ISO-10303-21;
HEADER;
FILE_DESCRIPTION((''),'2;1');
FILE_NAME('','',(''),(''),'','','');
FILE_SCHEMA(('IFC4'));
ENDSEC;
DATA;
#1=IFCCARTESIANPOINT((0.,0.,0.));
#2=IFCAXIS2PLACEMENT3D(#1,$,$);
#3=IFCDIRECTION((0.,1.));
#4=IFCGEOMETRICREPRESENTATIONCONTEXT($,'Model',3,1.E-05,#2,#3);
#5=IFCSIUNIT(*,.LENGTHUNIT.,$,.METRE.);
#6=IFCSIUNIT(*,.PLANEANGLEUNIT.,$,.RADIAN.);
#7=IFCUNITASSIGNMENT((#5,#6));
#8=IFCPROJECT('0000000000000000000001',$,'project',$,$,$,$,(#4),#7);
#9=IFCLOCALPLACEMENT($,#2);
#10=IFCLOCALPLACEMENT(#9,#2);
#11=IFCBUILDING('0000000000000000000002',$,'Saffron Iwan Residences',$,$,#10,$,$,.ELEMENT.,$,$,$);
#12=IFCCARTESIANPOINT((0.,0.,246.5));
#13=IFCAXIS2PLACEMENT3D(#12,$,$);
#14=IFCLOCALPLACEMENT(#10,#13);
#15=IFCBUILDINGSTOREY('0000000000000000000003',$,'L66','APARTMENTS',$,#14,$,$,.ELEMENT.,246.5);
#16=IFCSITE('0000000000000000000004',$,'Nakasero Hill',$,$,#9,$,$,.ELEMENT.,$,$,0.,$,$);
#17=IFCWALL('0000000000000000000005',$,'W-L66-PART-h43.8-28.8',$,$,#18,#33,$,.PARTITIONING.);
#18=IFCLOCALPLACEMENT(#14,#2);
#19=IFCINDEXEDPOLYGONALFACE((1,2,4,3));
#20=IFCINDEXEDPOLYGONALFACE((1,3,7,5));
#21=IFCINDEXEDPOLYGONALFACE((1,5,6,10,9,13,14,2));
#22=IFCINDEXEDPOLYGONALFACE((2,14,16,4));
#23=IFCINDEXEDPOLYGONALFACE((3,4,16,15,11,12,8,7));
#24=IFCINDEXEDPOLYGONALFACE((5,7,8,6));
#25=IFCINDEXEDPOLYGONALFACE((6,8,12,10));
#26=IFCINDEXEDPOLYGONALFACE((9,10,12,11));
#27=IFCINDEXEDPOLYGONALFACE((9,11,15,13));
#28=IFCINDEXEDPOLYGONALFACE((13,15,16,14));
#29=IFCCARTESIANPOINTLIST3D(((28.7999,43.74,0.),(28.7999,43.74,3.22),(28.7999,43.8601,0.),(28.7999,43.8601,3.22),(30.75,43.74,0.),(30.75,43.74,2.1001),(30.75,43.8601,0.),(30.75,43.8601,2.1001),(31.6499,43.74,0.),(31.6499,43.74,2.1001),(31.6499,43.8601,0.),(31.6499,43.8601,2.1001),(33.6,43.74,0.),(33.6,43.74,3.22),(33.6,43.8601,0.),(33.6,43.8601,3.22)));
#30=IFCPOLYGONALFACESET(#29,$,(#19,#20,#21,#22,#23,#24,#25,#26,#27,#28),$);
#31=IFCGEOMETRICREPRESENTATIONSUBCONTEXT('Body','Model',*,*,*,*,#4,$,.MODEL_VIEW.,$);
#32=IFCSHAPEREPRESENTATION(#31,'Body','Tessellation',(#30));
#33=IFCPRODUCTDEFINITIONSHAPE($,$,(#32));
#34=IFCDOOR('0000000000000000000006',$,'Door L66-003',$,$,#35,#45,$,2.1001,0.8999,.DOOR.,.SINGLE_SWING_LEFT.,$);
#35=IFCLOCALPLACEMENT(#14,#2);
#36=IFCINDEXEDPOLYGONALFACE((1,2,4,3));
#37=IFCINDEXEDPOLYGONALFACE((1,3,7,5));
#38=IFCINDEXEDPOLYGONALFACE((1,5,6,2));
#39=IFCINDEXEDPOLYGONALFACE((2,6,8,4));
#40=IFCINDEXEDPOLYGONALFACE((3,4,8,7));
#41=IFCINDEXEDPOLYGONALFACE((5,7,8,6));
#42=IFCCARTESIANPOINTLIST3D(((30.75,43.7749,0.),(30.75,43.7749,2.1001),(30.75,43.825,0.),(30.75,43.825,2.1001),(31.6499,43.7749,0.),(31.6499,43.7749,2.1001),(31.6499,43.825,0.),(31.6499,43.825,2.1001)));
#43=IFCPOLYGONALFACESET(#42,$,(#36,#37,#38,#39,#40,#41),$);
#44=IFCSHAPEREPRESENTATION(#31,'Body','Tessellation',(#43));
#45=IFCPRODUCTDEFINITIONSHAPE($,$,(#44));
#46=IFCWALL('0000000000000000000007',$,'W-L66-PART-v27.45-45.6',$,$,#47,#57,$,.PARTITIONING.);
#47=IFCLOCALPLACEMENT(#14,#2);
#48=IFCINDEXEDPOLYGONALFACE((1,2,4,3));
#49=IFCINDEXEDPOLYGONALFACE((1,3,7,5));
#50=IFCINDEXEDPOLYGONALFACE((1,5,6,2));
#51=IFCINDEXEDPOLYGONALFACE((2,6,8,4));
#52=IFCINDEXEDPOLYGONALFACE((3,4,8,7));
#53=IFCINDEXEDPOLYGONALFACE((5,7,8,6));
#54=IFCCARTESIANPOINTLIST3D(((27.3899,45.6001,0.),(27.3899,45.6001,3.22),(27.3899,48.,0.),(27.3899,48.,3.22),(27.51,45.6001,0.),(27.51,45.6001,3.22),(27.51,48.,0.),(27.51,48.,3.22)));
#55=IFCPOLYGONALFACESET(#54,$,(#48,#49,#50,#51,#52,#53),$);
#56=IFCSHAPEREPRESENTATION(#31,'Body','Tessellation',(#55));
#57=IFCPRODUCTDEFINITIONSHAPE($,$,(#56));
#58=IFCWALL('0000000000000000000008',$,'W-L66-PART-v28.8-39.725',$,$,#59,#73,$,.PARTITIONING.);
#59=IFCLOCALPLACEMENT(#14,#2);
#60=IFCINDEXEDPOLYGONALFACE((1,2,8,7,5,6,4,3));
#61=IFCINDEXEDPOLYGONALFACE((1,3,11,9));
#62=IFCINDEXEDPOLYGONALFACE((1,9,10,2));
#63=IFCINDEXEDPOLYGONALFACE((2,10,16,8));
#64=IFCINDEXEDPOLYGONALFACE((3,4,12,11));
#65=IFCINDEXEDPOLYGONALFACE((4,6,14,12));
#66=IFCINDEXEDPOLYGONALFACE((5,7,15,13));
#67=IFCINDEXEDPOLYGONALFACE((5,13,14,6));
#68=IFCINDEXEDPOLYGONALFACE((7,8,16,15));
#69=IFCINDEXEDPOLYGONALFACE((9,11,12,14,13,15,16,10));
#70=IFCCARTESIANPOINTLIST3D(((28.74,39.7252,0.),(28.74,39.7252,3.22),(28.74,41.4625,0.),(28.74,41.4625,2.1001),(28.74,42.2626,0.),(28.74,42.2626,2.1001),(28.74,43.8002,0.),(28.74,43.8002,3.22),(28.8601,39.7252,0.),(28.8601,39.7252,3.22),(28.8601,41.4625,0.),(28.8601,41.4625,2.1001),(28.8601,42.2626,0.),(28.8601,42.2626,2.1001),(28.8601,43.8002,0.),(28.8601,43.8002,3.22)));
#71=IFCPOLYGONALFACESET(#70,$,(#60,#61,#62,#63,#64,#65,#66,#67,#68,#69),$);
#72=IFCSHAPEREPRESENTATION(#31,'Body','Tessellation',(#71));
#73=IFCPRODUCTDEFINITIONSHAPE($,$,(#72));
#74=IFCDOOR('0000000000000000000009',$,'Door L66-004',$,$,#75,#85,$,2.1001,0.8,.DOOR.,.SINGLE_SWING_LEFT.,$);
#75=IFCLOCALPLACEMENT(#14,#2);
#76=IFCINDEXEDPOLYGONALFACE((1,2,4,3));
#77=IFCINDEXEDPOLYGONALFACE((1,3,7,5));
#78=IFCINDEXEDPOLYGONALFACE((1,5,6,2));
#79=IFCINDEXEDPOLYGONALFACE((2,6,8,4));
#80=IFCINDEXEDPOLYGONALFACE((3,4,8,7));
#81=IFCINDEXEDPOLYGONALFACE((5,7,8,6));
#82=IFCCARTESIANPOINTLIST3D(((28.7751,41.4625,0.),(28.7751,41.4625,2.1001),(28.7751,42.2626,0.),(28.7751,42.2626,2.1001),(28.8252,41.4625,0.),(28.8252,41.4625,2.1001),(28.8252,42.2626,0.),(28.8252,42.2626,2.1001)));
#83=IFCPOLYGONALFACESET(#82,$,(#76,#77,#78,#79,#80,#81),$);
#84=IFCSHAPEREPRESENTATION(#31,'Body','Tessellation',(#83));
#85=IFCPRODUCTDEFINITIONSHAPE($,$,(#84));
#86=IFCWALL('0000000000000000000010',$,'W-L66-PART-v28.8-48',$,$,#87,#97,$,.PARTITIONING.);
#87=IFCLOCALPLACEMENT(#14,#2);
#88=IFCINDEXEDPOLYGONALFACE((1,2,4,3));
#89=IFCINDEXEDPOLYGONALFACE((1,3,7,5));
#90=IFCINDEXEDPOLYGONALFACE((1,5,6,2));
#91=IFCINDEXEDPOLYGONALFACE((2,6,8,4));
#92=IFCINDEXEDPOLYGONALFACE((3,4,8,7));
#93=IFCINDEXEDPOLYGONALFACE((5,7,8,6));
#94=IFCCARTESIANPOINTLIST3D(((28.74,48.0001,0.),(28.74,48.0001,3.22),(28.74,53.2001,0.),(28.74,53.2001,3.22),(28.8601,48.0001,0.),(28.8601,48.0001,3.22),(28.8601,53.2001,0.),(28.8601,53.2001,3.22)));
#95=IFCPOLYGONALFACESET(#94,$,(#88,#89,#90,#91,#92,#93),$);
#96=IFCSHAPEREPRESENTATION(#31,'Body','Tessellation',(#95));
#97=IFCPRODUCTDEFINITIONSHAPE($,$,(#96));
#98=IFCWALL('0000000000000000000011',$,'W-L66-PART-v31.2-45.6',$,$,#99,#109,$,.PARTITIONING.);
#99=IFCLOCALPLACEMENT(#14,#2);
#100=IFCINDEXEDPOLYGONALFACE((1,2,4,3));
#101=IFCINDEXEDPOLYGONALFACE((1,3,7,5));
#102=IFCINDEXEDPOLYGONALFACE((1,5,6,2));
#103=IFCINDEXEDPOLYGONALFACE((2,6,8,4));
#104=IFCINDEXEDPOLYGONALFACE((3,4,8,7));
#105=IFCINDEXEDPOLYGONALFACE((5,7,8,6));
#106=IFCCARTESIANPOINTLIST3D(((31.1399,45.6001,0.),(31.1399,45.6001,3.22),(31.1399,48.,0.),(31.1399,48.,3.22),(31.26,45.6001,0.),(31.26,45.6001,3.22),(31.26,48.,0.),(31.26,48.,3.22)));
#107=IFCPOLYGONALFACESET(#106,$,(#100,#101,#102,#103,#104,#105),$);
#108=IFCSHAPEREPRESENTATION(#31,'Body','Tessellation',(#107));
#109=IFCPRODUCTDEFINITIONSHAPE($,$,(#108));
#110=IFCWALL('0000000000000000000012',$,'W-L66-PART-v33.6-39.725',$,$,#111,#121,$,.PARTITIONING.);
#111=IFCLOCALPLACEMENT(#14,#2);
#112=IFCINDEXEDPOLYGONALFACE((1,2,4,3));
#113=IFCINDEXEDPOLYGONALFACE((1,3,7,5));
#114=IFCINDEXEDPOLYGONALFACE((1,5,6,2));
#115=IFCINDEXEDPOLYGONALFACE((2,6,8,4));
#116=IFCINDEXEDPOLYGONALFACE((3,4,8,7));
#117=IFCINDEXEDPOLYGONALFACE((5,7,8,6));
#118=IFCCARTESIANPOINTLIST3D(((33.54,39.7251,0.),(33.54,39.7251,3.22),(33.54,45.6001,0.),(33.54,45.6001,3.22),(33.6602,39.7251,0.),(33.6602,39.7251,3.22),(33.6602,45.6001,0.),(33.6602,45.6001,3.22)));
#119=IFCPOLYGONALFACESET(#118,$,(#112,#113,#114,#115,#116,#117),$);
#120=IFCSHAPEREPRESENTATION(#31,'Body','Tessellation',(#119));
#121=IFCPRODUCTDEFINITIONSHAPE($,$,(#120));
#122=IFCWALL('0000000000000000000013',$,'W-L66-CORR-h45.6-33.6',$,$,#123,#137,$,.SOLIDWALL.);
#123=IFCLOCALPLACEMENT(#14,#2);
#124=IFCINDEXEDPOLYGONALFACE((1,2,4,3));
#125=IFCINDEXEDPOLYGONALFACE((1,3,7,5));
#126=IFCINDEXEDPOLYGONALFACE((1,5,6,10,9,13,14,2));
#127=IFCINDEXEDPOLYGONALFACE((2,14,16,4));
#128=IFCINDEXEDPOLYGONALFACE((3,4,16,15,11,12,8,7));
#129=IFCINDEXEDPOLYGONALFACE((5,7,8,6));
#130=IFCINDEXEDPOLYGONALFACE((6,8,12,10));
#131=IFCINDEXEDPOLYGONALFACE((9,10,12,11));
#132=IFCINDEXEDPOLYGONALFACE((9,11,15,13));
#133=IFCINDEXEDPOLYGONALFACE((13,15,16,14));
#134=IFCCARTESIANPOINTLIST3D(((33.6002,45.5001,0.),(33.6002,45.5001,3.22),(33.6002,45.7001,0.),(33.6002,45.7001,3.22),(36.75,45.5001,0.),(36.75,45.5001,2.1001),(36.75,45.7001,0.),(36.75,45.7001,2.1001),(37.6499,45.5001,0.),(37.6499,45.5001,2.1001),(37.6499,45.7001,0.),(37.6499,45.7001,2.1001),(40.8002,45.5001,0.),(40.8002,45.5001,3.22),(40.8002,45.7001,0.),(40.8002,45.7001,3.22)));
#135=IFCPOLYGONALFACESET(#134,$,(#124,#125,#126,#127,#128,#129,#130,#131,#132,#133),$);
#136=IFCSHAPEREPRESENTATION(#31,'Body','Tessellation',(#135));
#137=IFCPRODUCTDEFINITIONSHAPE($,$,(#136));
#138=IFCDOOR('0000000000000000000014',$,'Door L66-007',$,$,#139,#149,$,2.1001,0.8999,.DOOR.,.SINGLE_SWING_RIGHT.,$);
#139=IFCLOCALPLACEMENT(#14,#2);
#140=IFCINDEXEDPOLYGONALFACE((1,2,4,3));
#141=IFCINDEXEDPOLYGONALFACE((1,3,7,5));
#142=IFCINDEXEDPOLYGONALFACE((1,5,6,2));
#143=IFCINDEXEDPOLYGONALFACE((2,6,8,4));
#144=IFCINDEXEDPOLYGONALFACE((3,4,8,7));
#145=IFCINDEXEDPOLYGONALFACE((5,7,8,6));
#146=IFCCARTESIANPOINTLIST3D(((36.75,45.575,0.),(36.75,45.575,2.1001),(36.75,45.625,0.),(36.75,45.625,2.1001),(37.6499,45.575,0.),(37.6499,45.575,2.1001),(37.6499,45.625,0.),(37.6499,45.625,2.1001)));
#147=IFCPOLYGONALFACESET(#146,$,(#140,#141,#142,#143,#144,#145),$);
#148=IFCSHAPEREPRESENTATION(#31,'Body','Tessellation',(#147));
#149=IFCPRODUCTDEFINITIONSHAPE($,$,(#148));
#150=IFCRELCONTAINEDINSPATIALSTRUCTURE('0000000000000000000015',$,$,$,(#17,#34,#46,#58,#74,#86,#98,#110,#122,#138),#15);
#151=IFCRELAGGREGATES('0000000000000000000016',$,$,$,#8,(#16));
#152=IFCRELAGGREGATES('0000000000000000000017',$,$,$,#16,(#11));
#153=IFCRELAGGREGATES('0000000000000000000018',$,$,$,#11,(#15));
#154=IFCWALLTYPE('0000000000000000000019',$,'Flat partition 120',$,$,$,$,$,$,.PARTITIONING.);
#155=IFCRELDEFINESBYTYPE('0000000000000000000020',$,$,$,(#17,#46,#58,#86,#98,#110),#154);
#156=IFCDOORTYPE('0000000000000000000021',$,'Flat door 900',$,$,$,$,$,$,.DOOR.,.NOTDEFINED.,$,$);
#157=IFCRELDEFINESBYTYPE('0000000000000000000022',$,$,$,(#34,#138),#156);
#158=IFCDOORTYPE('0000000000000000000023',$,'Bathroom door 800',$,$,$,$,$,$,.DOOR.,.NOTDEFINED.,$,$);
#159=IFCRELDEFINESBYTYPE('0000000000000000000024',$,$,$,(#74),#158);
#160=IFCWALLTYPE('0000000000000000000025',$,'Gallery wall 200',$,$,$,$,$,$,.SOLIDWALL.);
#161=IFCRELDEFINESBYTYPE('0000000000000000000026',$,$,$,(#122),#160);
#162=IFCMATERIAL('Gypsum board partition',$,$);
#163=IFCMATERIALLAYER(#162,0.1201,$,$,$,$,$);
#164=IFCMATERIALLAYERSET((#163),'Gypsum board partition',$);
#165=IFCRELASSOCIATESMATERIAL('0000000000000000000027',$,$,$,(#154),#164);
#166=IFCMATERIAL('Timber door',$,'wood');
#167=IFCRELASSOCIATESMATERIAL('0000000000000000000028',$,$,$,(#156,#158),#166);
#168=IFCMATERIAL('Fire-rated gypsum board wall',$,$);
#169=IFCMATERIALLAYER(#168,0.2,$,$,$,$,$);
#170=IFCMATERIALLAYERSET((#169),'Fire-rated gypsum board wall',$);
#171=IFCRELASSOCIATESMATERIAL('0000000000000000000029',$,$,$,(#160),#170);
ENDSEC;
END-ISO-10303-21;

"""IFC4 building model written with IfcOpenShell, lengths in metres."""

from ifc_helpers import new_model, si_unit, direction, frame, frame_2d, origin, place, context, subcontext, project, spatial, rectangle, extrude, material, layer, layer_set, type_object, element, fill, save


model = new_model("IFC4")

# Units and contexts
model_context = context("Model", 3, precision=1e-05, world=origin(), true_north=direction((0.0, 1.0)))
body_context = subcontext(model_context, "Body", "Model", "MODEL_VIEW")
ifc_project = project(units=[si_unit("LENGTHUNIT", "METRE"), si_unit("PLANEANGLEUNIT", "RADIAN")], contexts=[model_context])

# Site, building, storey
site_placement = place(None, origin())
site = spatial("IfcSite", under=ifc_project, at=site_placement, Name="Nakasero Hill", CompositionType="ELEMENT", RefElevation=0.0)
building_placement = place(site_placement, origin())
building = spatial("IfcBuilding", under=site, at=building_placement, Name="Saffron Iwan Residences", CompositionType="ELEMENT")
storey_placement = place(building_placement, frame((0.0, 0.0, 246.5)))
storey = spatial("IfcBuildingStorey", under=building, at=storey_placement, Name="L66", Description="APARTMENTS", CompositionType="ELEMENT", Elevation=246.5)

# Wall, opening, door
ifc_material_1 = material(Name="Gypsum board partition")
ifc_layer_1 = layer(ifc_material_1, 0.1201)
ifc_layer_set_1 = layer_set([ifc_layer_1], Name="Gypsum board partition")
wall_type_1 = type_object("IfcWallType", Name="Flat partition 120", PredefinedType="PARTITIONING", material=ifc_layer_set_1)
wall_1_placement = place(storey_placement, frame((28.8, 43.8, 0.0), z_axis=(0.0, 0.0, 1.0), x_axis=(1.0, 0.0, 0.0)))
wall_1 = element("IfcWall", 1, at=wall_1_placement, inside=storey, type_object=wall_type_1, Name="W-L66-PART-h43.8-28.8", PredefinedType="PARTITIONING", context=body_context, shape_type="SweptSolid", body=[
    extrude(rectangle(XDim=4.8, YDim=0.1201, at=frame_2d((2.3999, 0.0))), origin(), (0.0, 0.0, 1.0), 3.22),
])
opening_1_placement = place(wall_1_placement, frame((1.95, 0.0, 0.0)))
opening_1 = element("IfcOpeningElement", 2, at=opening_1_placement, cuts=wall_1, PredefinedType="OPENING", context=body_context, shape_type="SweptSolid", body=[
    extrude(rectangle(XDim=0.8999, YDim=2.1001, at=frame_2d((0.45, 1.05))), frame((0.0, 0.0701, 0.0), z_axis=(0.0, -1.0, 0.0), x_axis=(1.0, 0.0, 0.0)), (0.0, 0.0, 1.0), 0.1401),
])
ifc_material_2 = material(Name="Timber door", Category="wood")
door_type_1 = type_object("IfcDoorType", Name="Flat door 900", OperationType="NOTDEFINED", PredefinedType="DOOR", material=ifc_material_2)
door_1_placement = place(opening_1_placement, origin())
door_1 = element("IfcDoor", 3, at=door_1_placement, inside=storey, type_object=door_type_1, Name="Door L66-003", OperationType="SINGLE_SWING_LEFT", OverallHeight=2.1001, OverallWidth=0.8999, PredefinedType="DOOR", context=body_context, shape_type="SweptSolid", body=[
    extrude(rectangle(XDim=0.8999, YDim=2.1001, at=frame_2d((0.45, 1.05))), frame((0.0, 0.0249, 0.0), z_axis=(0.0, -1.0, 0.0), x_axis=(1.0, 0.0, 0.0)), (0.0, 0.0, 1.0), 0.05),
])
fill(opening_1, door_1)

# Wall
wall_2_placement = place(storey_placement, frame((27.45, 45.6001, 0.0), z_axis=(0.0, 0.0, 1.0), x_axis=(0.0, 1.0, 0.0)))
element("IfcWall", 4, at=wall_2_placement, inside=storey, type_object=wall_type_1, Name="W-L66-PART-v27.45-45.6", PredefinedType="PARTITIONING", context=body_context, shape_type="SweptSolid", body=[
    extrude(rectangle(XDim=2.3999, YDim=0.1201, at=frame_2d((1.2, 0.0))), origin(), (0.0, 0.0, 1.0), 3.22),
])

# Wall, opening, door
wall_3_placement = place(storey_placement, frame((28.8, 39.7251, 0.0), z_axis=(0.0, 0.0, 1.0), x_axis=(0.0, 1.0, 0.0)))
wall_3 = element("IfcWall", 5, at=wall_3_placement, inside=storey, type_object=wall_type_1, Name="W-L66-PART-v28.8-39.725", PredefinedType="PARTITIONING", context=body_context, shape_type="SweptSolid", body=[
    extrude(rectangle(XDim=4.075, YDim=0.1201, at=frame_2d((2.0376, 0.0))), origin(), (0.0, 0.0, 1.0), 3.22),
])
opening_2_placement = place(wall_3_placement, frame((1.7375, 0.0, 0.0)))
opening_2 = element("IfcOpeningElement", 6, at=opening_2_placement, cuts=wall_3, PredefinedType="OPENING", context=body_context, shape_type="SweptSolid", body=[
    extrude(rectangle(XDim=0.8, YDim=2.1001, at=frame_2d((0.3999, 1.05))), frame((0.0, 0.0701, 0.0), z_axis=(0.0, -1.0, 0.0), x_axis=(1.0, 0.0, 0.0)), (0.0, 0.0, 1.0), 0.1401),
])
door_type_2 = type_object("IfcDoorType", Name="Bathroom door 800", OperationType="NOTDEFINED", PredefinedType="DOOR", material=ifc_material_2)
door_2_placement = place(opening_2_placement, origin())
door_2 = element("IfcDoor", 7, at=door_2_placement, inside=storey, type_object=door_type_2, Name="Door L66-004", OperationType="SINGLE_SWING_LEFT", OverallHeight=2.1001, OverallWidth=0.8, PredefinedType="DOOR", context=body_context, shape_type="SweptSolid", body=[
    extrude(rectangle(XDim=0.8, YDim=2.1001, at=frame_2d((0.3999, 1.05))), frame((0.0, 0.0249, 0.0), z_axis=(0.0, -1.0, 0.0), x_axis=(1.0, 0.0, 0.0)), (0.0, 0.0, 1.0), 0.05),
])
fill(opening_2, door_2)

# Walls
wall_4_placement = place(storey_placement, frame((28.8, 48.0, 0.0), z_axis=(0.0, 0.0, 1.0), x_axis=(0.0, 1.0, 0.0)))
element("IfcWall", 8, at=wall_4_placement, inside=storey, type_object=wall_type_1, Name="W-L66-PART-v28.8-48", PredefinedType="PARTITIONING", context=body_context, shape_type="SweptSolid", body=[
    extrude(rectangle(XDim=5.2, YDim=0.1201, at=frame_2d((2.6001, 0.0))), origin(), (0.0, 0.0, 1.0), 3.22),
])
wall_5_placement = place(storey_placement, frame((31.2, 45.6001, 0.0), z_axis=(0.0, 0.0, 1.0), x_axis=(0.0, 1.0, 0.0)))
element("IfcWall", 9, at=wall_5_placement, inside=storey, type_object=wall_type_1, Name="W-L66-PART-v31.2-45.6", PredefinedType="PARTITIONING", context=body_context, shape_type="SweptSolid", body=[
    extrude(rectangle(XDim=2.3999, YDim=0.1201, at=frame_2d((1.2, 0.0))), origin(), (0.0, 0.0, 1.0), 3.22),
])
wall_6_placement = place(storey_placement, frame((33.6001, 39.7251, 0.0), z_axis=(0.0, 0.0, 1.0), x_axis=(0.0, 1.0, 0.0)))
element("IfcWall", 10, at=wall_6_placement, inside=storey, type_object=wall_type_1, Name="W-L66-PART-v33.6-39.725", PredefinedType="PARTITIONING", context=body_context, shape_type="SweptSolid", body=[
    extrude(rectangle(XDim=5.875, YDim=0.1201, at=frame_2d((2.9375, 0.0))), origin(), (0.0, 0.0, 1.0), 3.22),
])

# Wall, opening, door
ifc_material_3 = material(Name="Fire-rated gypsum board wall")
ifc_layer_2 = layer(ifc_material_3, 0.2)
ifc_layer_set_2 = layer_set([ifc_layer_2], Name="Fire-rated gypsum board wall")
wall_type_2 = type_object("IfcWallType", Name="Gallery wall 200", PredefinedType="SOLIDWALL", material=ifc_layer_set_2)
wall_7_placement = place(storey_placement, frame((33.6001, 45.6001, 0.0), z_axis=(0.0, 0.0, 1.0), x_axis=(1.0, 0.0, 0.0)))
wall_7 = element("IfcWall", 11, at=wall_7_placement, inside=storey, type_object=wall_type_2, Name="W-L66-CORR-h45.6-33.6", PredefinedType="SOLIDWALL", context=body_context, shape_type="SweptSolid", body=[
    extrude(rectangle(XDim=7.2, YDim=0.2, at=frame_2d((3.6001, 0.0))), origin(), (0.0, 0.0, 1.0), 3.22),
])
opening_3_placement = place(wall_7_placement, frame((3.1499, 0.0, 0.0)))
opening_3 = element("IfcOpeningElement", 12, at=opening_3_placement, cuts=wall_7, PredefinedType="OPENING", context=body_context, shape_type="SweptSolid", body=[
    extrude(rectangle(XDim=0.8999, YDim=2.1001, at=frame_2d((0.45, 1.05))), frame((0.0, 0.1099, 0.0), z_axis=(0.0, -1.0, 0.0), x_axis=(1.0, 0.0, 0.0)), (0.0, 0.0, 1.0), 0.22),
])
door_3_placement = place(opening_3_placement, origin())
door_3 = element("IfcDoor", 13, at=door_3_placement, inside=storey, type_object=door_type_1, Name="Door L66-007", OperationType="SINGLE_SWING_RIGHT", OverallHeight=2.1001, OverallWidth=0.8999, PredefinedType="DOOR", context=body_context, shape_type="SweptSolid", body=[
    extrude(rectangle(XDim=0.8999, YDim=2.1001, at=frame_2d((0.45, 1.05))), frame((0.0, 0.0249, 0.0), z_axis=(0.0, -1.0, 0.0), x_axis=(1.0, 0.0, 0.0)), (0.0, 0.0, 1.0), 0.05),
])
fill(opening_3, door_3)

save(model, "model.ifc")
